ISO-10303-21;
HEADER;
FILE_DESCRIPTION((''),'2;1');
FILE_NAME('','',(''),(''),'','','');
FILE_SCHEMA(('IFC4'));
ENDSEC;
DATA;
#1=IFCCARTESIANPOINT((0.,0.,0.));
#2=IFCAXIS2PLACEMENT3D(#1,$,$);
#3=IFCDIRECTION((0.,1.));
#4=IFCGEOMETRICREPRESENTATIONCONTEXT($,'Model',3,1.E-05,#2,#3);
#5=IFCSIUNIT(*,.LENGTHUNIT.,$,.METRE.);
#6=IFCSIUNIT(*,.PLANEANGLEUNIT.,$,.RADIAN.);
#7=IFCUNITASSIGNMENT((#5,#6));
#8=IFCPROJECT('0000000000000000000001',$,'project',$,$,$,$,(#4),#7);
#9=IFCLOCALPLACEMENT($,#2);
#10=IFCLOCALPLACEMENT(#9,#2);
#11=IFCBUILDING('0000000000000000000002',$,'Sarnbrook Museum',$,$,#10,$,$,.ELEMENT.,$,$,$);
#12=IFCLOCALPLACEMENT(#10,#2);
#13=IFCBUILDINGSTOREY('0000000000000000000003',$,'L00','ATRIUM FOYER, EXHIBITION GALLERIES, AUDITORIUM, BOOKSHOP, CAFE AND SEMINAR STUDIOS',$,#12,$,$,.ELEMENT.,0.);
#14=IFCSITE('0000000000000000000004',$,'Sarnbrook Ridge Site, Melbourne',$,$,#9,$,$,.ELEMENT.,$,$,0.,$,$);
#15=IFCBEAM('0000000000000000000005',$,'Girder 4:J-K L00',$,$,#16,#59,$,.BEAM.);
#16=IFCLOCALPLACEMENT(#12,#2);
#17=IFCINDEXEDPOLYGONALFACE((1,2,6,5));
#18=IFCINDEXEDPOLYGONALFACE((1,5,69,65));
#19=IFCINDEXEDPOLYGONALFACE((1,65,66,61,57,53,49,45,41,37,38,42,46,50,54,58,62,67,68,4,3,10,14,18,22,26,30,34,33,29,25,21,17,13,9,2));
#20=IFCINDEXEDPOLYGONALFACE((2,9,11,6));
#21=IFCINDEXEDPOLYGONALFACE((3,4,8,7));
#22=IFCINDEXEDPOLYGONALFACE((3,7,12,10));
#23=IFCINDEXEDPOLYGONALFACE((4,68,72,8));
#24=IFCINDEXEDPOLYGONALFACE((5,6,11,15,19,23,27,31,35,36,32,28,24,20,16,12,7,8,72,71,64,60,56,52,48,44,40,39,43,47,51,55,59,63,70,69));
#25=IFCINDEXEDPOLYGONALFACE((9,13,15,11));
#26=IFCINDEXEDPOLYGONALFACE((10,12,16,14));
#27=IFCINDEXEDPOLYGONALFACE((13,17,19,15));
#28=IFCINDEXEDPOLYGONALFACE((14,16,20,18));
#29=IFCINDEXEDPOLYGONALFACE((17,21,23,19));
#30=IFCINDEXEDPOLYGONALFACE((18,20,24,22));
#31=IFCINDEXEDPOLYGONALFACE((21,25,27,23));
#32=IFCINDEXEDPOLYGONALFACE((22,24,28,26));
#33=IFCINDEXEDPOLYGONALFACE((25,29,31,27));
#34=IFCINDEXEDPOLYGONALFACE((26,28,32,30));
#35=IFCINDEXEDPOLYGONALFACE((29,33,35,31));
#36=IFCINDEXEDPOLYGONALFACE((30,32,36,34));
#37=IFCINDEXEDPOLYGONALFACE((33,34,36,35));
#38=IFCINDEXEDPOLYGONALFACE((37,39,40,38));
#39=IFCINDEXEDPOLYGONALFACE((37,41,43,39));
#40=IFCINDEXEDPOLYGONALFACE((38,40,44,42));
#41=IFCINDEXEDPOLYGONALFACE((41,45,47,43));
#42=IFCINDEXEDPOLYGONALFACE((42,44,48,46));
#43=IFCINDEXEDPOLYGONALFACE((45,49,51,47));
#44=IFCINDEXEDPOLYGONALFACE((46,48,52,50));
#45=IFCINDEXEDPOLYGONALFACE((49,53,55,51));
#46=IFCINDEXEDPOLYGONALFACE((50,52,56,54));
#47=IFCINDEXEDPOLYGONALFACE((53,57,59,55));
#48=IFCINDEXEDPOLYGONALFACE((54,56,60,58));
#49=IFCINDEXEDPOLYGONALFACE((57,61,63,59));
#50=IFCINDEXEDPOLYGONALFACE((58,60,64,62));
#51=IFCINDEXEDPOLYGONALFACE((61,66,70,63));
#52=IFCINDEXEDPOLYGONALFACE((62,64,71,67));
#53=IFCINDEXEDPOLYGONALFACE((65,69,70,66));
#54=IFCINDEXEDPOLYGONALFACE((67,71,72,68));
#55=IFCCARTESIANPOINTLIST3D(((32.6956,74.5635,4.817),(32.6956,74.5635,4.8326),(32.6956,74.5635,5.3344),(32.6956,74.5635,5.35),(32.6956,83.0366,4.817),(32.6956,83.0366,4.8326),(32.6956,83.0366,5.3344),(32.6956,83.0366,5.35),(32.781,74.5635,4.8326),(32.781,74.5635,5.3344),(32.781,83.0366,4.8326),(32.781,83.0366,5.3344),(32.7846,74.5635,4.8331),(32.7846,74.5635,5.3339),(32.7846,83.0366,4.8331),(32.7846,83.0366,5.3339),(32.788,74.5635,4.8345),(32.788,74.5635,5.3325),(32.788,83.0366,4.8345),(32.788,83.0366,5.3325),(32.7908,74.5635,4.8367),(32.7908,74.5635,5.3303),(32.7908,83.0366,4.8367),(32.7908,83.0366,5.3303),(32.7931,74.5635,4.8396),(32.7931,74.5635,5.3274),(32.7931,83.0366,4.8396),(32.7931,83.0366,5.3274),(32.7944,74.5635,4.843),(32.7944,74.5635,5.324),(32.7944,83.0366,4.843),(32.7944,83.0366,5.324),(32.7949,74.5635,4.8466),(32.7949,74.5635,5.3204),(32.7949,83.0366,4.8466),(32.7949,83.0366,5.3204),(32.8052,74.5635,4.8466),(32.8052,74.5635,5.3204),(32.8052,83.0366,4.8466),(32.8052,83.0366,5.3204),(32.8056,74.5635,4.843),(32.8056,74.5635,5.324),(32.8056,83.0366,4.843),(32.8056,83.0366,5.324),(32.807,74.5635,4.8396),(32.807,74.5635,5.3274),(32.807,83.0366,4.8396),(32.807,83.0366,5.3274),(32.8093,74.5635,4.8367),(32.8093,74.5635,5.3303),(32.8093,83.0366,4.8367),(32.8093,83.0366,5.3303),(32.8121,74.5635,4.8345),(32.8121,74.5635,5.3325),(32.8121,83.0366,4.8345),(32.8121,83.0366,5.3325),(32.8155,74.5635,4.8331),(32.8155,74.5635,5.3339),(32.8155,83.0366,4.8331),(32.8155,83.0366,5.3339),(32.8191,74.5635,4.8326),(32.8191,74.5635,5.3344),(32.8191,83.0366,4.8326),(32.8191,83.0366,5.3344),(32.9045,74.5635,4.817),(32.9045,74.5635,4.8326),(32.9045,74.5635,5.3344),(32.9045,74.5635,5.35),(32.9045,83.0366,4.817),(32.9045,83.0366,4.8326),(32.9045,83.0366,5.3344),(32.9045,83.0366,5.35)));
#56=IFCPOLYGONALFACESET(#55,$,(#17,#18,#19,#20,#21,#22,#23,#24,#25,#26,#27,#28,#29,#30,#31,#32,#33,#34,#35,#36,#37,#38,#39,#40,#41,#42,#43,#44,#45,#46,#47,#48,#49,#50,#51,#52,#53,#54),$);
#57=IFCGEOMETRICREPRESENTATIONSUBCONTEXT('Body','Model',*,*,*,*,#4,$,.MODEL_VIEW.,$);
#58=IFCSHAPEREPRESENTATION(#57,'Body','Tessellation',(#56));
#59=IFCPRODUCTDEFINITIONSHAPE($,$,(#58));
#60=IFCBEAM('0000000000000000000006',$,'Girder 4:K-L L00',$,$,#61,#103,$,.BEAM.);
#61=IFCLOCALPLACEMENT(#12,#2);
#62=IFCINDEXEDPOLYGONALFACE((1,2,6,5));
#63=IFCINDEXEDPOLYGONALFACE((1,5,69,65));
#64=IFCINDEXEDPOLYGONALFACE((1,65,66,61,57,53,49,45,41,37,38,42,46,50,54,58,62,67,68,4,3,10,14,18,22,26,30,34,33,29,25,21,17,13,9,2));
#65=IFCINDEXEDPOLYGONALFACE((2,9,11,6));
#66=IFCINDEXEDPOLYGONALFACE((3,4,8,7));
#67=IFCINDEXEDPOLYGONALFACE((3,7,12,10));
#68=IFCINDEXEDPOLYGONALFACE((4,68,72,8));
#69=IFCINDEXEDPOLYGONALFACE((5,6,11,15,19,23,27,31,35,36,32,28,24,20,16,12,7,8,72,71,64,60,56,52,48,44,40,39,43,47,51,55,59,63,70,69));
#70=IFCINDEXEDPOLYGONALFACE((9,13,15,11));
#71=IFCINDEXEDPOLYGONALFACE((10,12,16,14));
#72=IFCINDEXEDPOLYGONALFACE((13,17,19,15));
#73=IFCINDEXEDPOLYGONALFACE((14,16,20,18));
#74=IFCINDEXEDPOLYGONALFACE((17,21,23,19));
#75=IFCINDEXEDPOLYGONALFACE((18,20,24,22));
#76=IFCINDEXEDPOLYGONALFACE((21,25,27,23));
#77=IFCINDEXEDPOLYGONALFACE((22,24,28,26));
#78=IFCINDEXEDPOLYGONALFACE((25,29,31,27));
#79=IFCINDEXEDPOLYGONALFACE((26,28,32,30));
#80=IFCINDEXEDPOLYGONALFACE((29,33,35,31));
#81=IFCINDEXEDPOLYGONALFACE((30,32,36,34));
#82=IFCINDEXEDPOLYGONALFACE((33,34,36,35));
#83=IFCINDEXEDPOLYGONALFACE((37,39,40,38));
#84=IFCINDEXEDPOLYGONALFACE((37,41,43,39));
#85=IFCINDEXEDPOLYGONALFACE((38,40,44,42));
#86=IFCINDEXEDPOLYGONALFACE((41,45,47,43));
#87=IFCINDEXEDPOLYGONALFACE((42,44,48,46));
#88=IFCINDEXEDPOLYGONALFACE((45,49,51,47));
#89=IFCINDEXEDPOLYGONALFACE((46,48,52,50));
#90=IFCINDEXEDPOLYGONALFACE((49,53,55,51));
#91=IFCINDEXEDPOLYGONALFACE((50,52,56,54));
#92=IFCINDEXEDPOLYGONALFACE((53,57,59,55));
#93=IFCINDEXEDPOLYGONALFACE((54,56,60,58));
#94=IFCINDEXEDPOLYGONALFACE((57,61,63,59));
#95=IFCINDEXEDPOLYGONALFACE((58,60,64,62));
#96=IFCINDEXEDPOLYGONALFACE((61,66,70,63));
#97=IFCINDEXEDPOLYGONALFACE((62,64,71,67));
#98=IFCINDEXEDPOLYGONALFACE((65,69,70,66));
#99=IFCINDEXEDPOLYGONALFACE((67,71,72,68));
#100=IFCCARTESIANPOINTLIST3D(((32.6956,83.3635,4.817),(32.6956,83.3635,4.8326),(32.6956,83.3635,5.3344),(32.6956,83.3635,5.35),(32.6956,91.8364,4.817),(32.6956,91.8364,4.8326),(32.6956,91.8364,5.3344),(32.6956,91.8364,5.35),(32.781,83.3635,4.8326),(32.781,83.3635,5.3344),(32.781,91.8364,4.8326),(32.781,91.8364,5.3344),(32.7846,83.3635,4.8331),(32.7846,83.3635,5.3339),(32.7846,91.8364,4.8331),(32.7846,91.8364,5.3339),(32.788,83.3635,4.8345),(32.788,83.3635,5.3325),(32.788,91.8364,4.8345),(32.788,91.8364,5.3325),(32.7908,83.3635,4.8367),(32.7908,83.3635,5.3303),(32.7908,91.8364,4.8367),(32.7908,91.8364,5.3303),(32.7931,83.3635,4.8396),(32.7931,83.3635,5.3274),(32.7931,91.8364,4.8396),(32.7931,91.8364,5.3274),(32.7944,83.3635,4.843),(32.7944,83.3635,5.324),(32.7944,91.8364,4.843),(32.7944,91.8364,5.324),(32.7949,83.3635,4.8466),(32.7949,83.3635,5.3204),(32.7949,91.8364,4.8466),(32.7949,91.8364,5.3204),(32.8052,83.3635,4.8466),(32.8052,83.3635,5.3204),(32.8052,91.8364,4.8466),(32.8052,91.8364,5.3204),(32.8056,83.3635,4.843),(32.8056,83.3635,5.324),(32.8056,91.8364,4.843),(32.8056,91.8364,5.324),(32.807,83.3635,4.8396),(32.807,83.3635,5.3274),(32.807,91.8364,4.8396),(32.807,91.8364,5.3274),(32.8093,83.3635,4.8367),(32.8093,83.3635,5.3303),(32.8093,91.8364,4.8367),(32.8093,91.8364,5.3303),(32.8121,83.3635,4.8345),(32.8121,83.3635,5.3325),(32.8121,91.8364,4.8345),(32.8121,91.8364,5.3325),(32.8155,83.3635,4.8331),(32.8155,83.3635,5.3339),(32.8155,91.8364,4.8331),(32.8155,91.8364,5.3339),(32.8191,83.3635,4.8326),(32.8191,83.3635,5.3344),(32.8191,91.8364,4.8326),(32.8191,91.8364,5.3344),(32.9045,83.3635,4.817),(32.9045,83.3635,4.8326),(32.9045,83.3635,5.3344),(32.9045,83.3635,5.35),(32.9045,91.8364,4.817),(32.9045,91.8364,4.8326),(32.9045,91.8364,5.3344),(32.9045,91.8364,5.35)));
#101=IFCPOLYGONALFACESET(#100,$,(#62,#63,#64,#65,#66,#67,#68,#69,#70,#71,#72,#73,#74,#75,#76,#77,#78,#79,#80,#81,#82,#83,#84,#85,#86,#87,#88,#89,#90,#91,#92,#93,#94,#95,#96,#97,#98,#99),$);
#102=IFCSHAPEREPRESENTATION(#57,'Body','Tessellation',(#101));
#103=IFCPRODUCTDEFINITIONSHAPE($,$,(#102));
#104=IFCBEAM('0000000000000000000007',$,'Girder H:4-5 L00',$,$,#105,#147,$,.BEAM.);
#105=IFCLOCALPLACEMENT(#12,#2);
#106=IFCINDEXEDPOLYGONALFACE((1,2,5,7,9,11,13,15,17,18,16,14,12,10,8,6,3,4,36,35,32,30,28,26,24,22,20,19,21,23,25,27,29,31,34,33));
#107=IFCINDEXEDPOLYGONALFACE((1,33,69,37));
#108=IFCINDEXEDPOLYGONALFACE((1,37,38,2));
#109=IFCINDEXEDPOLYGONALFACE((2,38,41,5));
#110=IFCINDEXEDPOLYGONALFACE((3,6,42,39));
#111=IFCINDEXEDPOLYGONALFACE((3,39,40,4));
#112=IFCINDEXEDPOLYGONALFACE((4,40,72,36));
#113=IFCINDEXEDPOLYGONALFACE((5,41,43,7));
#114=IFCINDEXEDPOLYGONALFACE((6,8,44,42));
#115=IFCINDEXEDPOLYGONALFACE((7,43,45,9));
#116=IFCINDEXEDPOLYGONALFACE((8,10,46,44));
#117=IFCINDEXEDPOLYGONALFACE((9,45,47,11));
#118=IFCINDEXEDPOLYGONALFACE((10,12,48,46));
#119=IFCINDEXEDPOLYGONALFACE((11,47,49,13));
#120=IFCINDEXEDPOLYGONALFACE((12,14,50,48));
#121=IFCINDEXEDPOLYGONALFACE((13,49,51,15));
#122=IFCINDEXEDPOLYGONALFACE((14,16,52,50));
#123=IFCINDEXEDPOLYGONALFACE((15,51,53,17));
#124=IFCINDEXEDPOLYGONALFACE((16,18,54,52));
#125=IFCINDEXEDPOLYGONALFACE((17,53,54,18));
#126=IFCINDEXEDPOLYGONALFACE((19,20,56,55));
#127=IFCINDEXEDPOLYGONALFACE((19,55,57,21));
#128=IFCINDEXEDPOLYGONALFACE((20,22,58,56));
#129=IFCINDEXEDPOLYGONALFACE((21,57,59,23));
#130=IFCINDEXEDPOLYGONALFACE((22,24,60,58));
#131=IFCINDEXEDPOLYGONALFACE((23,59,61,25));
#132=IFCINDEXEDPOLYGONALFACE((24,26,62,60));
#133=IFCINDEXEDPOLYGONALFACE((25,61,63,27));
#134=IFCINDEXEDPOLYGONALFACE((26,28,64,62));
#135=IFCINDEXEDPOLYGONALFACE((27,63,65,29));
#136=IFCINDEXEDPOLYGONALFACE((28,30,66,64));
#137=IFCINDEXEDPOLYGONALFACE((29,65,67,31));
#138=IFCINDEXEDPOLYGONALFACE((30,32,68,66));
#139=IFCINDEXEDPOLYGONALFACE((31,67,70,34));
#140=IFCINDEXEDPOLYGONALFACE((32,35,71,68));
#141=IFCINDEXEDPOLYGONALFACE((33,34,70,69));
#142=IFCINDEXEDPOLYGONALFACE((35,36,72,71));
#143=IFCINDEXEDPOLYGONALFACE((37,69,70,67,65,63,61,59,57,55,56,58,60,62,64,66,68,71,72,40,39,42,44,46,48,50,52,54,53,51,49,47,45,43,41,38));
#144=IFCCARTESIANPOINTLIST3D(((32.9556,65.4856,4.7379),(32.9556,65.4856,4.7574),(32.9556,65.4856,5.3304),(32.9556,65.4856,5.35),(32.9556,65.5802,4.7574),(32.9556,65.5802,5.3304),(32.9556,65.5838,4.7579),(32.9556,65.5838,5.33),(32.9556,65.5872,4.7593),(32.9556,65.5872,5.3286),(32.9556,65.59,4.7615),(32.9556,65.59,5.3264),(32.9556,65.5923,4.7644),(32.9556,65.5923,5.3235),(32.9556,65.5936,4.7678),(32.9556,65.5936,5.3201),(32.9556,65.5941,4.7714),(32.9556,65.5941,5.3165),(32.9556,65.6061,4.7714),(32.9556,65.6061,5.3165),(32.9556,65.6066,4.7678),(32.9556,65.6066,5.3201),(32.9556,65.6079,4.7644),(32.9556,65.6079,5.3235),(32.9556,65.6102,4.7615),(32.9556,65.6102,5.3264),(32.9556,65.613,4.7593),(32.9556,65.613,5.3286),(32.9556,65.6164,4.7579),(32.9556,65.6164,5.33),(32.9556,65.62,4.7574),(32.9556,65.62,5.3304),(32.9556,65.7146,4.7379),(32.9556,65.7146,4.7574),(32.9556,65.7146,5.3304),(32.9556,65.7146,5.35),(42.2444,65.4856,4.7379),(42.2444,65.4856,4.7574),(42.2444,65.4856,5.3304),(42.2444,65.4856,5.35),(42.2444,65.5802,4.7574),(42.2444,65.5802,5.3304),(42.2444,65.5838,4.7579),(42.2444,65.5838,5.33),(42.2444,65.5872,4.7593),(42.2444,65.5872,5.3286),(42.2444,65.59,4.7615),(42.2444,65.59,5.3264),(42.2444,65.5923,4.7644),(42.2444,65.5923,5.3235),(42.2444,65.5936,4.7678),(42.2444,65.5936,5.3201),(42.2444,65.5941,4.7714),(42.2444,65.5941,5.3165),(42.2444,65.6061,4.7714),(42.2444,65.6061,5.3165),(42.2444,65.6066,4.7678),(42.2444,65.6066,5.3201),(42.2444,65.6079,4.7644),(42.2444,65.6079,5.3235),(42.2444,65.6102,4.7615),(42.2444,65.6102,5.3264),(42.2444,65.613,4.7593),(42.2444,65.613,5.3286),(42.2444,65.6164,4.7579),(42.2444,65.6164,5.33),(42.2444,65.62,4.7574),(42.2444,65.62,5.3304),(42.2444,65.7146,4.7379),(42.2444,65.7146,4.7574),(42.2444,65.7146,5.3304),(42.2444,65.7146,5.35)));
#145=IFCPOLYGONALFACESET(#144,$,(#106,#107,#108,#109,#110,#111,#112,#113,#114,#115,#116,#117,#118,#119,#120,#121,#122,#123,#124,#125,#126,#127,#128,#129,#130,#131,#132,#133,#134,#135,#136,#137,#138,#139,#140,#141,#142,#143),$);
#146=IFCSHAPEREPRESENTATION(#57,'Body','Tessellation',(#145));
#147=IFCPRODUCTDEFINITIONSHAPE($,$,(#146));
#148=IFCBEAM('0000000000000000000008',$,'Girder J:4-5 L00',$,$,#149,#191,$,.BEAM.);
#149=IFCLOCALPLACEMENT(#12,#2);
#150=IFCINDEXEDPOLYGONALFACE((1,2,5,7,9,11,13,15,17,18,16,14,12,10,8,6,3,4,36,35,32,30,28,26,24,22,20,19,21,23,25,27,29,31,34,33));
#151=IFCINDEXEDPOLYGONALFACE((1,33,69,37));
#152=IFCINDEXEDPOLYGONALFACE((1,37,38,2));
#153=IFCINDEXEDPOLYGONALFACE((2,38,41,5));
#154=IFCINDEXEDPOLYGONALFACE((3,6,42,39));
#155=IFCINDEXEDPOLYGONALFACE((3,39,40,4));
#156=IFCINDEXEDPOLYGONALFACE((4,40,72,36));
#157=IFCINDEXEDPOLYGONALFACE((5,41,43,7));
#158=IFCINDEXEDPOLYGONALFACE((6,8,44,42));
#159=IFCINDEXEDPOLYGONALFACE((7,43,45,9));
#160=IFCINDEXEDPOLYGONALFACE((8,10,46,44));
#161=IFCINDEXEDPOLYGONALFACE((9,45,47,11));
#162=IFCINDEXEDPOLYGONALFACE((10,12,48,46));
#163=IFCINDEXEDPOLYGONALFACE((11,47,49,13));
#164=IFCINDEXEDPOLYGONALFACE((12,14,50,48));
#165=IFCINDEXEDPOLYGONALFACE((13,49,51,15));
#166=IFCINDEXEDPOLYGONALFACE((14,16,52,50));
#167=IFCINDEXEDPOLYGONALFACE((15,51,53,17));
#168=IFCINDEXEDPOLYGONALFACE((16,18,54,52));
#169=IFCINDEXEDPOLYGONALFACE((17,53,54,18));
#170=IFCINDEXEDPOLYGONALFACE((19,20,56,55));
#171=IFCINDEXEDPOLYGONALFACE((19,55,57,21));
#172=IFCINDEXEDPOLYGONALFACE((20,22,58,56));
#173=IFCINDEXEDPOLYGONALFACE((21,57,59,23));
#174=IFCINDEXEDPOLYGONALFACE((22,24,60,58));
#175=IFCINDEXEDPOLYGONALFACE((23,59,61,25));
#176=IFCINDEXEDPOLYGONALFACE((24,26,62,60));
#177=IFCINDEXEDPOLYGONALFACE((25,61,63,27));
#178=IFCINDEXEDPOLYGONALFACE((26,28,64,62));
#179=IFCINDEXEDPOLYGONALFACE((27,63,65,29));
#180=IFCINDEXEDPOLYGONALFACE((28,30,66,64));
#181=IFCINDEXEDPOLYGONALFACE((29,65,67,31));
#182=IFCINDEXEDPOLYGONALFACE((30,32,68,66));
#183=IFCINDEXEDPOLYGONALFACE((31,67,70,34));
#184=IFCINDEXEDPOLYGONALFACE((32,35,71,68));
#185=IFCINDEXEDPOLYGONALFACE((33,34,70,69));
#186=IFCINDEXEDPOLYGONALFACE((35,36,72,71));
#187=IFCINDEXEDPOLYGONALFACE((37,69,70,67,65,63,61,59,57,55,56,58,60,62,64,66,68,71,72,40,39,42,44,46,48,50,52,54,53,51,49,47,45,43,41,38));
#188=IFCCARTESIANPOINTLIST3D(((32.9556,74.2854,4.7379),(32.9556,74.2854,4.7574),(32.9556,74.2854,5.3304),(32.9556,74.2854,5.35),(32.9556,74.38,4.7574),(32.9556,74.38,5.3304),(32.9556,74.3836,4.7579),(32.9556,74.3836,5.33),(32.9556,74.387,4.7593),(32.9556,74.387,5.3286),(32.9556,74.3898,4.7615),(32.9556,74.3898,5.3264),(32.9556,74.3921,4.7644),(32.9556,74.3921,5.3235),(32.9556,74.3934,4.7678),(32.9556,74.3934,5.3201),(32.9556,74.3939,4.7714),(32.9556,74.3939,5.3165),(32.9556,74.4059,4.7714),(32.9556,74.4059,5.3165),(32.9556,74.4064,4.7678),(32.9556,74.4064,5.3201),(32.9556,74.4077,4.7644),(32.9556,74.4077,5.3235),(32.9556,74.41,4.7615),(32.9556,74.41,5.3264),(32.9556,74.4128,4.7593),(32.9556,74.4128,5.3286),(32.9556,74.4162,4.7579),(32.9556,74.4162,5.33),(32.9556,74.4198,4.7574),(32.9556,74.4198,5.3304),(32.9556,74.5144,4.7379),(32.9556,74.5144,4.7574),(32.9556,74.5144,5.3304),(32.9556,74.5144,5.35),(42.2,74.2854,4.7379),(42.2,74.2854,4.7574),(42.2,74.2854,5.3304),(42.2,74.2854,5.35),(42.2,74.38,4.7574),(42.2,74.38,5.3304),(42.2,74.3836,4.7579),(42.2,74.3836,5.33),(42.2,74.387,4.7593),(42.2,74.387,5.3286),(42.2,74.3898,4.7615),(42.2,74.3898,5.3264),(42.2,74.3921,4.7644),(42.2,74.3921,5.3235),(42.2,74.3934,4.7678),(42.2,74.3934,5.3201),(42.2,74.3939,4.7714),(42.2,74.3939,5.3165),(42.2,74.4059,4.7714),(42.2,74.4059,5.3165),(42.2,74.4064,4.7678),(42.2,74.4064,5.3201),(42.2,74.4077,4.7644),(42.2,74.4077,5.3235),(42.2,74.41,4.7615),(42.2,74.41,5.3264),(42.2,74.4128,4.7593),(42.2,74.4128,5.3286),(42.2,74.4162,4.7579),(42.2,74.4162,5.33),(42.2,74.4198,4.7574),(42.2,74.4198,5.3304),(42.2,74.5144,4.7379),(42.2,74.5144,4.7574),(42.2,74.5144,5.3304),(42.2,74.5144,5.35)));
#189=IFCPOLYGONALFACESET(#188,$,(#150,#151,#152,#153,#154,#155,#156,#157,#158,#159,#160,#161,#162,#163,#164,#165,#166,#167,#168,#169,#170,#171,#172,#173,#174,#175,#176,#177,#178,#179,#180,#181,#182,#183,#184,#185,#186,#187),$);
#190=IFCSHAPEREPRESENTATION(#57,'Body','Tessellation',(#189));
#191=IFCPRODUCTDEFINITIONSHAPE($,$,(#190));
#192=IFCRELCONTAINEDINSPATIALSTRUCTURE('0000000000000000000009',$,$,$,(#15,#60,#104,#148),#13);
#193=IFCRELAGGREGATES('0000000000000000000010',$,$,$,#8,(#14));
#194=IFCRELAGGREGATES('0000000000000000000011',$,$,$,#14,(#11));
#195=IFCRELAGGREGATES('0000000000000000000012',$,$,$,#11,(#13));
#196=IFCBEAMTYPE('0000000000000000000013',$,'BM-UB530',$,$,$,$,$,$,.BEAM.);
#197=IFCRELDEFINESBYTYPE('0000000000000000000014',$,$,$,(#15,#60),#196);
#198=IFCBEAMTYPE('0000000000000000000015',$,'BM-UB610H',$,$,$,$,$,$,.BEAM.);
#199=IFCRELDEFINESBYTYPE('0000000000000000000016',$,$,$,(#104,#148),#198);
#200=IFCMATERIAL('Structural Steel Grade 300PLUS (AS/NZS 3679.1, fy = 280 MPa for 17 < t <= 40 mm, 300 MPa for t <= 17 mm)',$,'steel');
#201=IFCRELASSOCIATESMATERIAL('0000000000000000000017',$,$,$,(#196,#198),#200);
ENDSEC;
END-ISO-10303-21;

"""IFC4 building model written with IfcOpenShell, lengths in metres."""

from ifc_helpers import new_model, si_unit, direction, frame, origin, origin_2d, place, context, subcontext, project, spatial, i_section, extrude, material, material_profile, profile_set, type_object, element, save


model = new_model("IFC4")

# Units and contexts
model_context = context("Model", 3, precision=1e-05, world=origin(), true_north=direction((0.0, 1.0)))
body_context = subcontext(model_context, "Body", "Model", "MODEL_VIEW")
ifc_project = project(units=[si_unit("LENGTHUNIT", "METRE"), si_unit("PLANEANGLEUNIT", "RADIAN")], contexts=[model_context])

# Site, building, storey
site_placement = place(None, origin())
site = spatial("IfcSite", under=ifc_project, at=site_placement, Name="Sarnbrook Ridge Site, Melbourne", CompositionType="ELEMENT", RefElevation=0.0)
building_placement = place(site_placement, origin())
building = spatial("IfcBuilding", under=site, at=building_placement, Name="Sarnbrook Museum", CompositionType="ELEMENT")
storey_placement = place(building_placement, origin())
storey = spatial("IfcBuildingStorey", under=building, at=storey_placement, Name="L00", Description="ATRIUM FOYER, EXHIBITION GALLERIES, AUDITORIUM, BOOKSHOP, CAFE AND SEMINAR STUDIOS", CompositionType="ELEMENT", Elevation=0.0)

# Shared definitions
ifc_material_1 = material(Name="Structural Steel Grade 300PLUS (AS/NZS 3679.1, fy = 280 MPa for 17 < t <= 40 mm, 300 MPa for t <= 17 mm)", Category="steel")

# Beams
ifc_material_profile_1 = material_profile(ifc_material_1, i_section(OverallWidth=0.209, OverallDepth=0.533, WebThickness=0.0103, FlangeThickness=0.0156, FilletRadius=0.0139, at=origin_2d()), Name="530UB92.4")
ifc_profile_set_1 = profile_set([ifc_material_profile_1], Name="Structural Steel Grade 300PLUS (AS/NZS 3679.1, fy = 280 MPa for 17 < t <= 40 mm, 300 MPa for t <= 17 mm)")
beam_type_1 = type_object("IfcBeamType", Name="BM-UB530", PredefinedType="BEAM", material=ifc_profile_set_1)
for number, where, z_axis, x_axis, name in (
    (1, (32.8, 74.5635, 5.0835), (0.0, 1.0, 0.0), (-1.0, 0.0, 0.0), "Girder 4:J-K L00"),
):
    element("IfcBeam", number, at=place(storey_placement, frame(where, z_axis=z_axis, x_axis=x_axis)), inside=storey, type_object=beam_type_1, Name=name, PredefinedType="BEAM", context=body_context, shape_type="SweptSolid", body=[
        extrude(i_section(OverallWidth=0.209, OverallDepth=0.533, WebThickness=0.0103, FlangeThickness=0.0156, FilletRadius=0.0139, at=origin_2d()), origin(), (0.0, 0.0, 1.0), 8.4731),
    ])
beam_1_placement = place(storey_placement, frame((32.8, 83.3635, 5.0835), z_axis=(0.0, 1.0, 0.0), x_axis=(-1.0, 0.0, 0.0)))
element("IfcBeam", 2, at=beam_1_placement, inside=storey, type_object=beam_type_1, Name="Girder 4:K-L L00", PredefinedType="BEAM", context=body_context, shape_type="SweptSolid", body=[
    extrude(i_section(OverallWidth=0.209, OverallDepth=0.533, WebThickness=0.0103, FlangeThickness=0.0156, FilletRadius=0.0139, at=origin_2d()), origin(), (0.0, 0.0, 1.0), 8.4729),
])
ifc_material_profile_2 = material_profile(ifc_material_1, i_section(OverallWidth=0.229, OverallDepth=0.6121, WebThickness=0.012, FlangeThickness=0.0195, FilletRadius=0.0139, at=origin_2d()), Name="610UB125")
ifc_profile_set_2 = profile_set([ifc_material_profile_2], Name="Structural Steel Grade 300PLUS (AS/NZS 3679.1, fy = 280 MPa for 17 < t <= 40 mm, 300 MPa for t <= 17 mm)")
beam_type_2 = type_object("IfcBeamType", Name="BM-UB610H", PredefinedType="BEAM", material=ifc_profile_set_2)
beam_2_placement = place(storey_placement, frame((32.9556, 65.6001, 5.0439), z_axis=(1.0, 0.0, 0.0), x_axis=(0.0, 1.0, 0.0)))
element("IfcBeam", 3, at=beam_2_placement, inside=storey, type_object=beam_type_2, Name="Girder H:4-5 L00", PredefinedType="BEAM", context=body_context, shape_type="SweptSolid", body=[
    extrude(i_section(OverallWidth=0.229, OverallDepth=0.6121, WebThickness=0.012, FlangeThickness=0.0195, FilletRadius=0.0139, at=origin_2d()), origin(), (0.0, 0.0, 1.0), 9.2888),
])
for number, where, z_axis, x_axis, name in (
    (4, (32.9556, 74.3999, 5.0439), (1.0, 0.0, 0.0), (0.0, 1.0, 0.0), "Girder J:4-5 L00"),
):
    element("IfcBeam", number, at=place(storey_placement, frame(where, z_axis=z_axis, x_axis=x_axis)), inside=storey, type_object=beam_type_2, Name=name, PredefinedType="BEAM", context=body_context, shape_type="SweptSolid", body=[
        extrude(i_section(OverallWidth=0.229, OverallDepth=0.6121, WebThickness=0.012, FlangeThickness=0.0195, FilletRadius=0.0139, at=origin_2d()), origin(), (0.0, 0.0, 1.0), 9.2444),
    ])

save(model, "model.ifc")
